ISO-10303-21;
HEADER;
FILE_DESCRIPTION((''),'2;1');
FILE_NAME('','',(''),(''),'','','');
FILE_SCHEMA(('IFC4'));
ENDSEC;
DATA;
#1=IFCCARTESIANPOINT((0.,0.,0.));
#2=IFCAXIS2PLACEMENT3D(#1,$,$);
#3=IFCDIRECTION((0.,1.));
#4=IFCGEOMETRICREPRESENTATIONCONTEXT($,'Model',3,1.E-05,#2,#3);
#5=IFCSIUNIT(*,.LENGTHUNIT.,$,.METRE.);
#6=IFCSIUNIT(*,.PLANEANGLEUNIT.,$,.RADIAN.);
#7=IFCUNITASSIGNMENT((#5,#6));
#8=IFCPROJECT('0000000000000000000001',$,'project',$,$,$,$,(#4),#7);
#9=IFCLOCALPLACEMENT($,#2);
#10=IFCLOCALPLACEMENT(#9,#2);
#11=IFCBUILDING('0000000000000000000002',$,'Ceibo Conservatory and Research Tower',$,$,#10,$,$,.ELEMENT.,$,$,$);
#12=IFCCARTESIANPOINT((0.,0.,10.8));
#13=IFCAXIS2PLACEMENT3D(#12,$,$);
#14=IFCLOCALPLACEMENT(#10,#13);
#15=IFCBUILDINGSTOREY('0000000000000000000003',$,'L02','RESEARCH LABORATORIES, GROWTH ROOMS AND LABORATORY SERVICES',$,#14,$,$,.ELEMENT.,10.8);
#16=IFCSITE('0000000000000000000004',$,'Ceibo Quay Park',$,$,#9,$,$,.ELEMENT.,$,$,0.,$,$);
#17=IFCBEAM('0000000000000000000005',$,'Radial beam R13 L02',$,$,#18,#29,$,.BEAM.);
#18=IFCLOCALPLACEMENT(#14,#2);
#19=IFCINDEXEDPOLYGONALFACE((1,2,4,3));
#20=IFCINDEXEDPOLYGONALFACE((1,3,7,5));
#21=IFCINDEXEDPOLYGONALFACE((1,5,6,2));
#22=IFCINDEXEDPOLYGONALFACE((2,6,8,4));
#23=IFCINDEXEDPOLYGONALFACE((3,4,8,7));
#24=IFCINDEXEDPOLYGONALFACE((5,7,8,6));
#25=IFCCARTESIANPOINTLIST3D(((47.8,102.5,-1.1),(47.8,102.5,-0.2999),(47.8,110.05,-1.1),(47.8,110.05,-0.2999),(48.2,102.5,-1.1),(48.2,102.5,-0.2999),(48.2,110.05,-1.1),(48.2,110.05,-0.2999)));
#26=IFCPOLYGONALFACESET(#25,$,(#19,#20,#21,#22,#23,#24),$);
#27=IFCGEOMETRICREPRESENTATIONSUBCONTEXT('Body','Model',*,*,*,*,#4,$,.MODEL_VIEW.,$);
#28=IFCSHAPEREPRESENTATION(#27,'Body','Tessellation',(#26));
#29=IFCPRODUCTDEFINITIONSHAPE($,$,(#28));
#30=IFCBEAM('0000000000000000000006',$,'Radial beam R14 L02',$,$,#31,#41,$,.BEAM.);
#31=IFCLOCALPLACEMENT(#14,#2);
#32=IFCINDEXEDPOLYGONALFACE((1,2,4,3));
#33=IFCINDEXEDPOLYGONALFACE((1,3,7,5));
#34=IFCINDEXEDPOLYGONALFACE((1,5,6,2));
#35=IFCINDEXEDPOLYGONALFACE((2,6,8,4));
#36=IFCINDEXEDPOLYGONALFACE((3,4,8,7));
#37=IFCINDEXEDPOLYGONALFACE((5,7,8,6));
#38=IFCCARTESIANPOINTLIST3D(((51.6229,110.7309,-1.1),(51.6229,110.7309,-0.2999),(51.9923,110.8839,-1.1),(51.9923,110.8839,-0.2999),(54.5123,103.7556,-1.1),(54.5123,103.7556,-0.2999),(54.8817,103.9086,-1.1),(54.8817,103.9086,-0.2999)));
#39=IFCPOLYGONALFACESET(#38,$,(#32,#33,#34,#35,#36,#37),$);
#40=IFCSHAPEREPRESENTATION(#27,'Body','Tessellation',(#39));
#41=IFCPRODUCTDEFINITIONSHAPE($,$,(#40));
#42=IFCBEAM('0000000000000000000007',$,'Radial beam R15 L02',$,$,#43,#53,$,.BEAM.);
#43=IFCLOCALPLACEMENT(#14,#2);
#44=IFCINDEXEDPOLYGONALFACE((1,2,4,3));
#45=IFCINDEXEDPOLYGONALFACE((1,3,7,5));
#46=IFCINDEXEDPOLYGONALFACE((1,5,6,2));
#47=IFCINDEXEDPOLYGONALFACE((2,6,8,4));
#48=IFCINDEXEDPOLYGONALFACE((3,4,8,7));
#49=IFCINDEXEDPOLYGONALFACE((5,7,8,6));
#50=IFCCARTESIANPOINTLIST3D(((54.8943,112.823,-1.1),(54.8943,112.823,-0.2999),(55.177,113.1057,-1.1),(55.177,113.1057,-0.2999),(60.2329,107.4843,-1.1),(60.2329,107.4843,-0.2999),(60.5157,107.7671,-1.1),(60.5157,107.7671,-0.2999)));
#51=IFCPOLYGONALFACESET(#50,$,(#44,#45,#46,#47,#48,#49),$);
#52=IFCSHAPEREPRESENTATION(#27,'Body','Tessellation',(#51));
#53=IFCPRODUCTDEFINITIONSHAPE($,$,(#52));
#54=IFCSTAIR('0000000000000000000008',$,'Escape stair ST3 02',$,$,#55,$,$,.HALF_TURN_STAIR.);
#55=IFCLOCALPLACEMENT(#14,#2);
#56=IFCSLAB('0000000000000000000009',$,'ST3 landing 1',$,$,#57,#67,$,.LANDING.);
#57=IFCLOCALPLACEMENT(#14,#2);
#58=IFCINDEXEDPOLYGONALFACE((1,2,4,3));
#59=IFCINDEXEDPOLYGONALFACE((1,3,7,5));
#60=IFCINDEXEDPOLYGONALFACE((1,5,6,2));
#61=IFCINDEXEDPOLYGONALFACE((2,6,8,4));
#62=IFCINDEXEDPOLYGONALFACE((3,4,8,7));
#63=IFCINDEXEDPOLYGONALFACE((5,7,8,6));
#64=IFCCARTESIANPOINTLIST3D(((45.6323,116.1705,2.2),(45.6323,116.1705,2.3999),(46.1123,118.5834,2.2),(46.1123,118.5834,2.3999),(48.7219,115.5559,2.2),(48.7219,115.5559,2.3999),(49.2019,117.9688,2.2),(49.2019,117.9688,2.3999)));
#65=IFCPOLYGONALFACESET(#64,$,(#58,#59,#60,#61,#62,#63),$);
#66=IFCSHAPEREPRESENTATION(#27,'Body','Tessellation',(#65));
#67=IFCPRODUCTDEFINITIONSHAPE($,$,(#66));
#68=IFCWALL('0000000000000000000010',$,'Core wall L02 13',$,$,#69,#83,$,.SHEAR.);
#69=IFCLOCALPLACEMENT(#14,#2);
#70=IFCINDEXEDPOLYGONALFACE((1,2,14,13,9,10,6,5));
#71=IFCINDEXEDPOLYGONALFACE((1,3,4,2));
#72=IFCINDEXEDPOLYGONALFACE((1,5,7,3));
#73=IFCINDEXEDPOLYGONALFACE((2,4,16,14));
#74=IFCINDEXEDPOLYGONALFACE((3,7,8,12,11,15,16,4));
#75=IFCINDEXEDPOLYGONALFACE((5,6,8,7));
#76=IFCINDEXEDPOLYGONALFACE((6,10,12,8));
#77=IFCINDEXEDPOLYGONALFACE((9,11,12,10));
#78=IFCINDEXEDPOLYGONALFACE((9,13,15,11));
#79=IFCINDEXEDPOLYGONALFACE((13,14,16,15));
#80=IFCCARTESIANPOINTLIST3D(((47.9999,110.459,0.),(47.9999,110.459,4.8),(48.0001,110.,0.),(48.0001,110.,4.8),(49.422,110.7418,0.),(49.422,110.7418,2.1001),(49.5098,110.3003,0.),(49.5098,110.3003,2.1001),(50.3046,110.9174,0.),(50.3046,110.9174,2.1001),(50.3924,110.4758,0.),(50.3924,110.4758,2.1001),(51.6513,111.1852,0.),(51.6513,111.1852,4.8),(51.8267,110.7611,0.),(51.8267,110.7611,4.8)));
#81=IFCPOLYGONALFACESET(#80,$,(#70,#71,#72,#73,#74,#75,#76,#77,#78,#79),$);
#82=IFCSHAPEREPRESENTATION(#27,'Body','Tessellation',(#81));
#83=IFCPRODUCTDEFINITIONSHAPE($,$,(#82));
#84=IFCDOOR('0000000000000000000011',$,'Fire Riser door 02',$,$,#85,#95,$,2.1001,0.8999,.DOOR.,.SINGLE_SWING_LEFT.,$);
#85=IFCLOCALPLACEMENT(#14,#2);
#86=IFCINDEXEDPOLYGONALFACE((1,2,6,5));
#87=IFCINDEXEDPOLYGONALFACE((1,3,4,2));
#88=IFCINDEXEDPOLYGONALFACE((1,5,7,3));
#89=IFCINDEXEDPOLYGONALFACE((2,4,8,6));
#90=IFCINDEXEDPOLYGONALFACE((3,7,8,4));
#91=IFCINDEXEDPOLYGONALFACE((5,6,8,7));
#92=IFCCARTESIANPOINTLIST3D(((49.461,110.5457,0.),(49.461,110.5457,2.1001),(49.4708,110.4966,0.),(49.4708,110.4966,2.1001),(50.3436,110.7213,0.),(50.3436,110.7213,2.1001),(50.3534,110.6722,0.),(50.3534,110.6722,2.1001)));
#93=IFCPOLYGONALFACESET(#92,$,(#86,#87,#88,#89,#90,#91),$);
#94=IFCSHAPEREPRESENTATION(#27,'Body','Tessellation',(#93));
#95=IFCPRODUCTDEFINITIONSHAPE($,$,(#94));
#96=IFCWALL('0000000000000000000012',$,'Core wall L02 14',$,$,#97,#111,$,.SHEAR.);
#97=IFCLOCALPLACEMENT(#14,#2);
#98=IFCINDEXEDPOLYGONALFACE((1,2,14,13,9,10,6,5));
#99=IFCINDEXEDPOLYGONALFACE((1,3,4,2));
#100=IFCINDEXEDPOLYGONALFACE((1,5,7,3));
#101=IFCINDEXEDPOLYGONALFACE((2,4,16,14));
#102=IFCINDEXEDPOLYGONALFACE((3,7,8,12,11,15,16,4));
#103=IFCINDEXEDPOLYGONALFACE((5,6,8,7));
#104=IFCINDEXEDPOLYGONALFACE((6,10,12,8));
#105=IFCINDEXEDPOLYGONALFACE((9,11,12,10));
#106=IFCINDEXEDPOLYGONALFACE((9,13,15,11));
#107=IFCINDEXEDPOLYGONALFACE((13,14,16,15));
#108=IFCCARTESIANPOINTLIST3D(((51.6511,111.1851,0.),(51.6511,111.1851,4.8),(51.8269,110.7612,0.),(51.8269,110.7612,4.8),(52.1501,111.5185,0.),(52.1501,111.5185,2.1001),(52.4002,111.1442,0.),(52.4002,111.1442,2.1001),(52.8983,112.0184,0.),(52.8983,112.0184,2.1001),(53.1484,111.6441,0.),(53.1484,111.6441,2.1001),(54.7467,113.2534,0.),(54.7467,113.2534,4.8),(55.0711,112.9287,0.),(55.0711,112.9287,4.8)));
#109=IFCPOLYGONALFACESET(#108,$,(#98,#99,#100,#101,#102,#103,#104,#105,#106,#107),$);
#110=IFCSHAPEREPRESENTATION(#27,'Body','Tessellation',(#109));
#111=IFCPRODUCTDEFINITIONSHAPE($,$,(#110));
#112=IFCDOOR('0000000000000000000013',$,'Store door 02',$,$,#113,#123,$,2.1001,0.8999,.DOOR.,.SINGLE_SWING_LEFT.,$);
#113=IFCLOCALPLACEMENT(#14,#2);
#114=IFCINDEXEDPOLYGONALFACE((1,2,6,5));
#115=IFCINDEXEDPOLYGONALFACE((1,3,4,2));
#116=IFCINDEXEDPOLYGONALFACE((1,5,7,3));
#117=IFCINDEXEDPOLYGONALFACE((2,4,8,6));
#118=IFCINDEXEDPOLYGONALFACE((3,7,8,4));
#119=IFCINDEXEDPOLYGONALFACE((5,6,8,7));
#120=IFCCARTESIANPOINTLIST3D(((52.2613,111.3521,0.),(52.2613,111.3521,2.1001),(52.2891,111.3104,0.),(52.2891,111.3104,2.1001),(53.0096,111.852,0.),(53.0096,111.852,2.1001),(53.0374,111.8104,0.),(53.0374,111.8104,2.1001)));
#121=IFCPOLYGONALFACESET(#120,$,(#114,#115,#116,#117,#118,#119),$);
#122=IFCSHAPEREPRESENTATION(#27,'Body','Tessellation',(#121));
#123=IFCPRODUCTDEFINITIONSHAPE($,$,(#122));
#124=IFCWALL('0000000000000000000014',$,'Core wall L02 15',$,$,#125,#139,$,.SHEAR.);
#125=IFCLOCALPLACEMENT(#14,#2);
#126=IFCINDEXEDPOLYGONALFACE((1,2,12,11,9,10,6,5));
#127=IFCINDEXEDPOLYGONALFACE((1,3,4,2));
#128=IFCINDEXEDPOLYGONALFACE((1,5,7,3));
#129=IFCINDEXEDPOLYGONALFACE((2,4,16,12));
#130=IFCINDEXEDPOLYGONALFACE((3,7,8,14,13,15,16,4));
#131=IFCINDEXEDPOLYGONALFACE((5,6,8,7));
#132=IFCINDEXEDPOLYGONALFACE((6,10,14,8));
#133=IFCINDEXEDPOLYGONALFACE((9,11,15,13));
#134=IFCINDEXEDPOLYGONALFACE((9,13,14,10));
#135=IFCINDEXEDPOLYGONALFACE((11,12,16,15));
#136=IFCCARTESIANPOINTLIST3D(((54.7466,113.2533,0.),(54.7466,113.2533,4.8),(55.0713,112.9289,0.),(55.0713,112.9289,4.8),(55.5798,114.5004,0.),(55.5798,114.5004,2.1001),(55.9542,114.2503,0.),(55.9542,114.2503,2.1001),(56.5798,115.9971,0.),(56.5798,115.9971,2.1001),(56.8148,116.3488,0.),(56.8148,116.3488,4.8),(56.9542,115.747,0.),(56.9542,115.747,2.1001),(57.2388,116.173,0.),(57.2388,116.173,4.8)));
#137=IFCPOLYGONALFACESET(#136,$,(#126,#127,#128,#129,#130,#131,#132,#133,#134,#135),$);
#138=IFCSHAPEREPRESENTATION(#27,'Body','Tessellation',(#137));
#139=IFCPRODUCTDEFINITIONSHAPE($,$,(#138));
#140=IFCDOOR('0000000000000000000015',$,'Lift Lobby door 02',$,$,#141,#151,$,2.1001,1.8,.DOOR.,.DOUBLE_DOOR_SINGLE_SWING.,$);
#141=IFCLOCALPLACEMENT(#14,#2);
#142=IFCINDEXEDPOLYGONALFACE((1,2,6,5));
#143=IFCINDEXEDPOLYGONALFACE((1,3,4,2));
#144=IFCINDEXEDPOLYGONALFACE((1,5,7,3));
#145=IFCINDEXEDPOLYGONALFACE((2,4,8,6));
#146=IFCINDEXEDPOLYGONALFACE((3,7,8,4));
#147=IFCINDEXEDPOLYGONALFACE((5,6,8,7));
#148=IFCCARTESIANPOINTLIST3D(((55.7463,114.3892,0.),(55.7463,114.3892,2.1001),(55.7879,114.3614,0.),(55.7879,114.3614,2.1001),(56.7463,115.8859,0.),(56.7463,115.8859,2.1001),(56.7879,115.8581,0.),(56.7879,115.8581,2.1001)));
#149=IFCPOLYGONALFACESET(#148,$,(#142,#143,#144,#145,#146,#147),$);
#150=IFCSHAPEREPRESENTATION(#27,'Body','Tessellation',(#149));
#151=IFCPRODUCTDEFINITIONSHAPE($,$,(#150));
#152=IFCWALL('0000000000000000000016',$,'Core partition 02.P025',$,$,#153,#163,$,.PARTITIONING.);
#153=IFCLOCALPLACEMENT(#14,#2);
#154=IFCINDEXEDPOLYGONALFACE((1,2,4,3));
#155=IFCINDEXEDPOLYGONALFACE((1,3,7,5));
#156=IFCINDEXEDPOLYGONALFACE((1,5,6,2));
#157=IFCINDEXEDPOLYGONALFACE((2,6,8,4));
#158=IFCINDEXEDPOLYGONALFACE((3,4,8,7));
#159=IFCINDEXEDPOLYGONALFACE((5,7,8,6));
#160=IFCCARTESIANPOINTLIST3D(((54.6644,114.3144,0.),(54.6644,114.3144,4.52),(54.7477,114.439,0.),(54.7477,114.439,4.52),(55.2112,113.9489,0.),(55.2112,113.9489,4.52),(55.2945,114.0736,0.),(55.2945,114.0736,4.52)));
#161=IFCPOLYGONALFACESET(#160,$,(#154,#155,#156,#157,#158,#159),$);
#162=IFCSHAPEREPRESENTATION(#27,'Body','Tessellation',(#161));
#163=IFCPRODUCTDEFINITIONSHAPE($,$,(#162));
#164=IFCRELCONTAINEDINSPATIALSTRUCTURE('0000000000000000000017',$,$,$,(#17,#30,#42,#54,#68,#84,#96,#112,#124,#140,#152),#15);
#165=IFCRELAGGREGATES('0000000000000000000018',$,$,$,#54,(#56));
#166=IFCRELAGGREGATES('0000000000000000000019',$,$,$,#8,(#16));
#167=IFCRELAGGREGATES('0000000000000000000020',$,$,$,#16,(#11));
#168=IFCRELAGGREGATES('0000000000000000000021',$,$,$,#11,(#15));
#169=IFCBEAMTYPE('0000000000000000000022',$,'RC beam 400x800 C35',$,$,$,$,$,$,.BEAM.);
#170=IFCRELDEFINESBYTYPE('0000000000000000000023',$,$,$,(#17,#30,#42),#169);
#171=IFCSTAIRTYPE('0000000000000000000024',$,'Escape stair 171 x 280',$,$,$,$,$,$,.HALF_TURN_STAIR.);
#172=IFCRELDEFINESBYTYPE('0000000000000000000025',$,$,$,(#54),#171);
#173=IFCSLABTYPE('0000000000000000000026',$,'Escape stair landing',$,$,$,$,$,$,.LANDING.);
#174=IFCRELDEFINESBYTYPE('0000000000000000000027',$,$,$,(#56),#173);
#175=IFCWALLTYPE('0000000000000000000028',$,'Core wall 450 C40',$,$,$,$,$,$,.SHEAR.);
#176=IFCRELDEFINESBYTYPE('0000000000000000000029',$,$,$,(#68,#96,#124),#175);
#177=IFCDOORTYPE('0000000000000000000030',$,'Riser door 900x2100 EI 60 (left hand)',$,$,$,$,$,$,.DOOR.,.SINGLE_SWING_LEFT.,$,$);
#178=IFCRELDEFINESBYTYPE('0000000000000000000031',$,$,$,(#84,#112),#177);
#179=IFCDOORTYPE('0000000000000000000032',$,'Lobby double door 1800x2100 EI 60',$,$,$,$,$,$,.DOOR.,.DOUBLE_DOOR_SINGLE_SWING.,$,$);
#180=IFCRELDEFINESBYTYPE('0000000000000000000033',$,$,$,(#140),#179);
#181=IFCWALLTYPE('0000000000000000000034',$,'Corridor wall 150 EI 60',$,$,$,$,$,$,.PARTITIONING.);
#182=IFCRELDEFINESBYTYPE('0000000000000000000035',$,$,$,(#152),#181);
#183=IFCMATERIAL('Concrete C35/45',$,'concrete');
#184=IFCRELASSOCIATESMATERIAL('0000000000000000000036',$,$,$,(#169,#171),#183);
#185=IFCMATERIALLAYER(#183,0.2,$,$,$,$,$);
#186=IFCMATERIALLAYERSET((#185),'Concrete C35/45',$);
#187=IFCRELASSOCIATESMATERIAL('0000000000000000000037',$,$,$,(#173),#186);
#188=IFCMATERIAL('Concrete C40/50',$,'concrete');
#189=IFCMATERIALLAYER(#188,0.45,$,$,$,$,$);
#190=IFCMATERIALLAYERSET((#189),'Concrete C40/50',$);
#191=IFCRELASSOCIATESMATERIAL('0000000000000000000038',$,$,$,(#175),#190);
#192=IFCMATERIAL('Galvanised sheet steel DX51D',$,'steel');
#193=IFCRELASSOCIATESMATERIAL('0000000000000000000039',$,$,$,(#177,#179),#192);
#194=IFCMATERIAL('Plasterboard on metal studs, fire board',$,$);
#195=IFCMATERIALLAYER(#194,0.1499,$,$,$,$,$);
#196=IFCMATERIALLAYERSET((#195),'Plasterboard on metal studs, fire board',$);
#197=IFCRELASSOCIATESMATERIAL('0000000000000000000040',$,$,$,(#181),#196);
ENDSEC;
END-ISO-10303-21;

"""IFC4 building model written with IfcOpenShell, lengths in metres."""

from ifc_helpers import new_model, si_unit, direction, frame, frame_2d, origin, origin_2d, place, context, subcontext, project, spatial, polyline, rectangle, outline, extrude, material, layer, layer_set, material_profile, profile_set, type_object, element, fill, aggregate, save


model = new_model("IFC4")

# Units and contexts
model_context = context("Model", 3, precision=1e-05, world=origin(), true_north=direction((0.0, 1.0)))
body_context = subcontext(model_context, "Body", "Model", "MODEL_VIEW")
ifc_project = project(units=[si_unit("LENGTHUNIT", "METRE"), si_unit("PLANEANGLEUNIT", "RADIAN")], contexts=[model_context])

# Site, building, storey
site_placement = place(None, origin())
site = spatial("IfcSite", under=ifc_project, at=site_placement, Name="Ceibo Quay Park", CompositionType="ELEMENT", RefElevation=0.0)
building_placement = place(site_placement, origin())
building = spatial("IfcBuilding", under=site, at=building_placement, Name="Ceibo Conservatory and Research Tower", CompositionType="ELEMENT")
storey_placement = place(building_placement, frame((0.0, 0.0, 10.8)))
storey = spatial("IfcBuildingStorey", under=building, at=storey_placement, Name="L02", Description="RESEARCH LABORATORIES, GROWTH ROOMS AND LABORATORY SERVICES", CompositionType="ELEMENT", Elevation=10.8)

# Beams
ifc_material_1 = material(Name="Concrete C35/45", Category="concrete")
ifc_material_profile = material_profile(ifc_material_1, rectangle(XDim=0.3999, YDim=0.8, at=origin_2d()), Name="RC 400x800")
ifc_profile_set = profile_set([ifc_material_profile], Name="Concrete C35/45")
beam_type = type_object("IfcBeamType", Name="RC beam 400x800 C35", PredefinedType="BEAM", material=ifc_profile_set)
for number, where, z_axis, x_axis, name in (
    (1, (48.0, 110.05, -0.7), (0.0, -1.0, 0.0), (1.0, 0.0, 0.0), "Radial beam R13 L02"),
    (2, (51.8076, 110.8074, -0.7), (0.382697, -0.923874, 0.0), (0.923874, 0.382697, 0.0), "Radial beam R14 L02"),
    (3, (55.0356, 112.9644, -0.7), (0.707107, -0.707107, 0.0), (0.707107, 0.707107, 0.0), "Radial beam R15 L02"),
):
    element("IfcBeam", number, at=place(storey_placement, frame(where, z_axis=z_axis, x_axis=x_axis)), inside=storey, type_object=beam_type, Name=name, PredefinedType="BEAM", context=body_context, shape_type="SweptSolid", body=[
        extrude(rectangle(XDim=0.3999, YDim=0.8, at=origin_2d()), origin(), (0.0, 0.0, 1.0), 7.55),
    ])

# Stair, slab
stair_type = type_object("IfcStairType", Name="Escape stair 171 x 280", PredefinedType="HALF_TURN_STAIR", material=ifc_material_1)
stair_placement = place(storey_placement, origin())
stair = element("IfcStair", 4, at=stair_placement, inside=storey, type_object=stair_type, Name="Escape stair ST3 02", PredefinedType="HALF_TURN_STAIR")
ifc_layer_1 = layer(ifc_material_1, 0.2)
ifc_layer_set_1 = layer_set([ifc_layer_1], Name="Concrete C35/45")
slab_type = type_object("IfcSlabType", Name="Escape stair landing", PredefinedType="LANDING", material=ifc_layer_set_1)
slab_placement = place(storey_placement, frame((48.7219, 115.5559, 2.2), z_axis=(0.0, 0.0, 1.0), x_axis=(0.19509, 0.980785, 0.0)))
slab = element("IfcSlab", 5, at=slab_placement, type_object=slab_type, Name="ST3 landing 1", PredefinedType="LANDING", context=body_context, shape_type="SweptSolid", body=[
    extrude(outline(polyline([(0.0, 0.0), (2.4602, 0.0), (2.4602, 3.1501), (0.0, 3.1501), (0.0, 0.0)])), origin(), (0.0, 0.0, 1.0), 0.2),
])
aggregate(stair, [slab])

# Walls, openings, doors
ifc_material_2 = material(Name="Concrete C40/50", Category="concrete")
ifc_layer_2 = layer(ifc_material_2, 0.45)
ifc_layer_set_2 = layer_set([ifc_layer_2], Name="Concrete C40/50")
wall_type_1 = type_object("IfcWallType", Name="Core wall 450 C40", PredefinedType="SHEAR", material=ifc_layer_set_2)
wall_1_placement = place(storey_placement, frame((48.0, 110.2295, 0.0), z_axis=(0.0, 0.0, 1.0), x_axis=(0.980789, 0.195069, 0.0)))
wall_1 = element("IfcWall", 6, at=wall_1_placement, inside=storey, type_object=wall_type_1, Name="Core wall L02 13", PredefinedType="SHEAR", context=body_context, shape_type="SweptSolid", body=[
    extrude(outline(polyline([(-0.0447, -0.2251), (3.8569, -0.2251), (3.7676, 0.2251), (0.0447, 0.2251), (-0.0447, -0.2251)])), origin(), (0.0, 0.0, 1.0), 4.8),
])
opening_1_placement = place(wall_1_placement, frame((1.4946, 0.0, 0.0)))
opening_1 = element("IfcOpeningElement", 7, at=opening_1_placement, cuts=wall_1, PredefinedType="OPENING", context=body_context, shape_type="SweptSolid", body=[
    extrude(rectangle(XDim=0.8999, YDim=2.1001, at=frame_2d((0.45, 1.05))), frame((0.0, 0.2349, 0.0), z_axis=(0.0, -1.0, 0.0), x_axis=(1.0, 0.0, 0.0)), (0.0, 0.0, 1.0), 0.47),
])
ifc_material_3 = material(Name="Galvanised sheet steel DX51D", Category="steel")
door_type_1 = type_object("IfcDoorType", Name="Riser door 900x2100 EI 60 (left hand)", OperationType="SINGLE_SWING_LEFT", PredefinedType="DOOR", material=ifc_material_3)
door_1_placement = place(opening_1_placement, frame((0.8999, 0.0, 0.0), z_axis=(0.0, 0.0, 1.0), x_axis=(-1.0, 0.0, 0.0)))
door_1 = element("IfcDoor", 8, at=door_1_placement, inside=storey, type_object=door_type_1, Name="Fire Riser door 02", OperationType="SINGLE_SWING_LEFT", OverallHeight=2.1001, OverallWidth=0.8999, PredefinedType="DOOR", context=body_context, shape_type="SweptSolid", body=[
    extrude(rectangle(XDim=0.8999, YDim=2.1001, at=frame_2d((0.45, 1.05))), frame((0.0, 0.0249, 0.0), z_axis=(0.0, -1.0, 0.0), x_axis=(1.0, 0.0, 0.0)), (0.0, 0.0, 1.0), 0.05),
])
fill(opening_1, door_1)
wall_2_placement = place(storey_placement, frame((51.739, 110.9731, 0.0), z_axis=(0.0, 0.0, 1.0), x_axis=(0.831488, 0.555542, 0.0)))
wall_2 = element("IfcWall", 9, at=wall_2_placement, inside=storey, type_object=wall_type_1, Name="Core wall L02 14", PredefinedType="SHEAR", context=body_context, shape_type="SweptSolid", body=[
    extrude(outline(polyline([(-0.0447, -0.2251), (3.8569, -0.2251), (3.7676, 0.2251), (0.0447, 0.2251), (-0.0447, -0.2251)])), origin(), (0.0, 0.0, 1.0), 4.8),
])
opening_2_placement = place(wall_2_placement, frame((0.6448, 0.0, 0.0)))
opening_2 = element("IfcOpeningElement", 10, at=opening_2_placement, cuts=wall_2, PredefinedType="OPENING", context=body_context, shape_type="SweptSolid", body=[
    extrude(rectangle(XDim=0.8999, YDim=2.1001, at=frame_2d((0.45, 1.05))), frame((0.0, 0.2349, 0.0), z_axis=(0.0, -1.0, 0.0), x_axis=(1.0, 0.0, 0.0)), (0.0, 0.0, 1.0), 0.47),
])
door_2_placement = place(opening_2_placement, origin())
door_2 = element("IfcDoor", 11, at=door_2_placement, inside=storey, type_object=door_type_1, Name="Store door 02", OperationType="SINGLE_SWING_LEFT", OverallHeight=2.1001, OverallWidth=0.8999, PredefinedType="DOOR", context=body_context, shape_type="SweptSolid", body=[
    extrude(rectangle(XDim=0.8999, YDim=2.1001, at=frame_2d((0.45, 1.05))), frame((0.0, 0.0249, 0.0), z_axis=(0.0, -1.0, 0.0), x_axis=(1.0, 0.0, 0.0)), (0.0, 0.0, 1.0), 0.05),
])
fill(opening_2, door_2)
wall_3_placement = place(storey_placement, frame((54.9089, 113.0911, 0.0), z_axis=(0.0, 0.0, 1.0), x_axis=(0.555542, 0.831488, 0.0)))
wall_3 = element("IfcWall", 12, at=wall_3_placement, inside=storey, type_object=wall_type_1, Name="Core wall L02 15", PredefinedType="SHEAR", context=body_context, shape_type="SweptSolid", body=[
    extrude(outline(polyline([(-0.0447, -0.2251), (3.8569, -0.2251), (3.7676, 0.2251), (0.0447, 0.2251), (-0.0447, -0.2251)])), origin(), (0.0, 0.0, 1.0), 4.8),
])
opening_3_placement = place(wall_3_placement, frame((1.5447, 0.0, 0.0)))
opening_3 = element("IfcOpeningElement", 13, at=opening_3_placement, cuts=wall_3, PredefinedType="OPENING", context=body_context, shape_type="SweptSolid", body=[
    extrude(rectangle(XDim=1.8, YDim=2.1001, at=frame_2d((0.8999, 1.05))), frame((0.0, 0.2349, 0.0), z_axis=(0.0, -1.0, 0.0), x_axis=(1.0, 0.0, 0.0)), (0.0, 0.0, 1.0), 0.47),
])
door_type_2 = type_object("IfcDoorType", Name="Lobby double door 1800x2100 EI 60", OperationType="DOUBLE_DOOR_SINGLE_SWING", PredefinedType="DOOR", material=ifc_material_3)
door_3_placement = place(opening_3_placement, origin())
door_3 = element("IfcDoor", 14, at=door_3_placement, inside=storey, type_object=door_type_2, Name="Lift Lobby door 02", OperationType="DOUBLE_DOOR_SINGLE_SWING", OverallHeight=2.1001, OverallWidth=1.8, PredefinedType="DOOR", context=body_context, shape_type="SweptSolid", body=[
    extrude(rectangle(XDim=1.8, YDim=2.1001, at=frame_2d((0.8999, 1.05))), frame((0.0, 0.0249, 0.0), z_axis=(0.0, -1.0, 0.0), x_axis=(1.0, 0.0, 0.0)), (0.0, 0.0, 1.0), 0.05),
])
fill(opening_3, door_3)

# Wall
ifc_material_4 = material(Name="Plasterboard on metal studs, fire board")
ifc_layer_3 = layer(ifc_material_4, 0.1499)
ifc_layer_set_3 = layer_set([ifc_layer_3], Name="Plasterboard on metal studs, fire board")
wall_type_2 = type_object("IfcWallType", Name="Corridor wall 150 EI 60", PredefinedType="PARTITIONING", material=ifc_layer_set_3)
wall_4_placement = place(storey_placement, frame((54.7061, 114.3767, 0.0), z_axis=(0.0, 0.0, 1.0), x_axis=(0.831422, -0.555642, 0.0)))
element("IfcWall", 15, at=wall_4_placement, inside=storey, type_object=wall_type_2, Name="Core partition 02.P025", PredefinedType="PARTITIONING", context=body_context, shape_type="SweptSolid", body=[
    extrude(rectangle(XDim=0.6577, YDim=0.1499, at=frame_2d((0.3289, 0.0))), origin(), (0.0, 0.0, 1.0), 4.52),
])

save(model, "model.ifc")
